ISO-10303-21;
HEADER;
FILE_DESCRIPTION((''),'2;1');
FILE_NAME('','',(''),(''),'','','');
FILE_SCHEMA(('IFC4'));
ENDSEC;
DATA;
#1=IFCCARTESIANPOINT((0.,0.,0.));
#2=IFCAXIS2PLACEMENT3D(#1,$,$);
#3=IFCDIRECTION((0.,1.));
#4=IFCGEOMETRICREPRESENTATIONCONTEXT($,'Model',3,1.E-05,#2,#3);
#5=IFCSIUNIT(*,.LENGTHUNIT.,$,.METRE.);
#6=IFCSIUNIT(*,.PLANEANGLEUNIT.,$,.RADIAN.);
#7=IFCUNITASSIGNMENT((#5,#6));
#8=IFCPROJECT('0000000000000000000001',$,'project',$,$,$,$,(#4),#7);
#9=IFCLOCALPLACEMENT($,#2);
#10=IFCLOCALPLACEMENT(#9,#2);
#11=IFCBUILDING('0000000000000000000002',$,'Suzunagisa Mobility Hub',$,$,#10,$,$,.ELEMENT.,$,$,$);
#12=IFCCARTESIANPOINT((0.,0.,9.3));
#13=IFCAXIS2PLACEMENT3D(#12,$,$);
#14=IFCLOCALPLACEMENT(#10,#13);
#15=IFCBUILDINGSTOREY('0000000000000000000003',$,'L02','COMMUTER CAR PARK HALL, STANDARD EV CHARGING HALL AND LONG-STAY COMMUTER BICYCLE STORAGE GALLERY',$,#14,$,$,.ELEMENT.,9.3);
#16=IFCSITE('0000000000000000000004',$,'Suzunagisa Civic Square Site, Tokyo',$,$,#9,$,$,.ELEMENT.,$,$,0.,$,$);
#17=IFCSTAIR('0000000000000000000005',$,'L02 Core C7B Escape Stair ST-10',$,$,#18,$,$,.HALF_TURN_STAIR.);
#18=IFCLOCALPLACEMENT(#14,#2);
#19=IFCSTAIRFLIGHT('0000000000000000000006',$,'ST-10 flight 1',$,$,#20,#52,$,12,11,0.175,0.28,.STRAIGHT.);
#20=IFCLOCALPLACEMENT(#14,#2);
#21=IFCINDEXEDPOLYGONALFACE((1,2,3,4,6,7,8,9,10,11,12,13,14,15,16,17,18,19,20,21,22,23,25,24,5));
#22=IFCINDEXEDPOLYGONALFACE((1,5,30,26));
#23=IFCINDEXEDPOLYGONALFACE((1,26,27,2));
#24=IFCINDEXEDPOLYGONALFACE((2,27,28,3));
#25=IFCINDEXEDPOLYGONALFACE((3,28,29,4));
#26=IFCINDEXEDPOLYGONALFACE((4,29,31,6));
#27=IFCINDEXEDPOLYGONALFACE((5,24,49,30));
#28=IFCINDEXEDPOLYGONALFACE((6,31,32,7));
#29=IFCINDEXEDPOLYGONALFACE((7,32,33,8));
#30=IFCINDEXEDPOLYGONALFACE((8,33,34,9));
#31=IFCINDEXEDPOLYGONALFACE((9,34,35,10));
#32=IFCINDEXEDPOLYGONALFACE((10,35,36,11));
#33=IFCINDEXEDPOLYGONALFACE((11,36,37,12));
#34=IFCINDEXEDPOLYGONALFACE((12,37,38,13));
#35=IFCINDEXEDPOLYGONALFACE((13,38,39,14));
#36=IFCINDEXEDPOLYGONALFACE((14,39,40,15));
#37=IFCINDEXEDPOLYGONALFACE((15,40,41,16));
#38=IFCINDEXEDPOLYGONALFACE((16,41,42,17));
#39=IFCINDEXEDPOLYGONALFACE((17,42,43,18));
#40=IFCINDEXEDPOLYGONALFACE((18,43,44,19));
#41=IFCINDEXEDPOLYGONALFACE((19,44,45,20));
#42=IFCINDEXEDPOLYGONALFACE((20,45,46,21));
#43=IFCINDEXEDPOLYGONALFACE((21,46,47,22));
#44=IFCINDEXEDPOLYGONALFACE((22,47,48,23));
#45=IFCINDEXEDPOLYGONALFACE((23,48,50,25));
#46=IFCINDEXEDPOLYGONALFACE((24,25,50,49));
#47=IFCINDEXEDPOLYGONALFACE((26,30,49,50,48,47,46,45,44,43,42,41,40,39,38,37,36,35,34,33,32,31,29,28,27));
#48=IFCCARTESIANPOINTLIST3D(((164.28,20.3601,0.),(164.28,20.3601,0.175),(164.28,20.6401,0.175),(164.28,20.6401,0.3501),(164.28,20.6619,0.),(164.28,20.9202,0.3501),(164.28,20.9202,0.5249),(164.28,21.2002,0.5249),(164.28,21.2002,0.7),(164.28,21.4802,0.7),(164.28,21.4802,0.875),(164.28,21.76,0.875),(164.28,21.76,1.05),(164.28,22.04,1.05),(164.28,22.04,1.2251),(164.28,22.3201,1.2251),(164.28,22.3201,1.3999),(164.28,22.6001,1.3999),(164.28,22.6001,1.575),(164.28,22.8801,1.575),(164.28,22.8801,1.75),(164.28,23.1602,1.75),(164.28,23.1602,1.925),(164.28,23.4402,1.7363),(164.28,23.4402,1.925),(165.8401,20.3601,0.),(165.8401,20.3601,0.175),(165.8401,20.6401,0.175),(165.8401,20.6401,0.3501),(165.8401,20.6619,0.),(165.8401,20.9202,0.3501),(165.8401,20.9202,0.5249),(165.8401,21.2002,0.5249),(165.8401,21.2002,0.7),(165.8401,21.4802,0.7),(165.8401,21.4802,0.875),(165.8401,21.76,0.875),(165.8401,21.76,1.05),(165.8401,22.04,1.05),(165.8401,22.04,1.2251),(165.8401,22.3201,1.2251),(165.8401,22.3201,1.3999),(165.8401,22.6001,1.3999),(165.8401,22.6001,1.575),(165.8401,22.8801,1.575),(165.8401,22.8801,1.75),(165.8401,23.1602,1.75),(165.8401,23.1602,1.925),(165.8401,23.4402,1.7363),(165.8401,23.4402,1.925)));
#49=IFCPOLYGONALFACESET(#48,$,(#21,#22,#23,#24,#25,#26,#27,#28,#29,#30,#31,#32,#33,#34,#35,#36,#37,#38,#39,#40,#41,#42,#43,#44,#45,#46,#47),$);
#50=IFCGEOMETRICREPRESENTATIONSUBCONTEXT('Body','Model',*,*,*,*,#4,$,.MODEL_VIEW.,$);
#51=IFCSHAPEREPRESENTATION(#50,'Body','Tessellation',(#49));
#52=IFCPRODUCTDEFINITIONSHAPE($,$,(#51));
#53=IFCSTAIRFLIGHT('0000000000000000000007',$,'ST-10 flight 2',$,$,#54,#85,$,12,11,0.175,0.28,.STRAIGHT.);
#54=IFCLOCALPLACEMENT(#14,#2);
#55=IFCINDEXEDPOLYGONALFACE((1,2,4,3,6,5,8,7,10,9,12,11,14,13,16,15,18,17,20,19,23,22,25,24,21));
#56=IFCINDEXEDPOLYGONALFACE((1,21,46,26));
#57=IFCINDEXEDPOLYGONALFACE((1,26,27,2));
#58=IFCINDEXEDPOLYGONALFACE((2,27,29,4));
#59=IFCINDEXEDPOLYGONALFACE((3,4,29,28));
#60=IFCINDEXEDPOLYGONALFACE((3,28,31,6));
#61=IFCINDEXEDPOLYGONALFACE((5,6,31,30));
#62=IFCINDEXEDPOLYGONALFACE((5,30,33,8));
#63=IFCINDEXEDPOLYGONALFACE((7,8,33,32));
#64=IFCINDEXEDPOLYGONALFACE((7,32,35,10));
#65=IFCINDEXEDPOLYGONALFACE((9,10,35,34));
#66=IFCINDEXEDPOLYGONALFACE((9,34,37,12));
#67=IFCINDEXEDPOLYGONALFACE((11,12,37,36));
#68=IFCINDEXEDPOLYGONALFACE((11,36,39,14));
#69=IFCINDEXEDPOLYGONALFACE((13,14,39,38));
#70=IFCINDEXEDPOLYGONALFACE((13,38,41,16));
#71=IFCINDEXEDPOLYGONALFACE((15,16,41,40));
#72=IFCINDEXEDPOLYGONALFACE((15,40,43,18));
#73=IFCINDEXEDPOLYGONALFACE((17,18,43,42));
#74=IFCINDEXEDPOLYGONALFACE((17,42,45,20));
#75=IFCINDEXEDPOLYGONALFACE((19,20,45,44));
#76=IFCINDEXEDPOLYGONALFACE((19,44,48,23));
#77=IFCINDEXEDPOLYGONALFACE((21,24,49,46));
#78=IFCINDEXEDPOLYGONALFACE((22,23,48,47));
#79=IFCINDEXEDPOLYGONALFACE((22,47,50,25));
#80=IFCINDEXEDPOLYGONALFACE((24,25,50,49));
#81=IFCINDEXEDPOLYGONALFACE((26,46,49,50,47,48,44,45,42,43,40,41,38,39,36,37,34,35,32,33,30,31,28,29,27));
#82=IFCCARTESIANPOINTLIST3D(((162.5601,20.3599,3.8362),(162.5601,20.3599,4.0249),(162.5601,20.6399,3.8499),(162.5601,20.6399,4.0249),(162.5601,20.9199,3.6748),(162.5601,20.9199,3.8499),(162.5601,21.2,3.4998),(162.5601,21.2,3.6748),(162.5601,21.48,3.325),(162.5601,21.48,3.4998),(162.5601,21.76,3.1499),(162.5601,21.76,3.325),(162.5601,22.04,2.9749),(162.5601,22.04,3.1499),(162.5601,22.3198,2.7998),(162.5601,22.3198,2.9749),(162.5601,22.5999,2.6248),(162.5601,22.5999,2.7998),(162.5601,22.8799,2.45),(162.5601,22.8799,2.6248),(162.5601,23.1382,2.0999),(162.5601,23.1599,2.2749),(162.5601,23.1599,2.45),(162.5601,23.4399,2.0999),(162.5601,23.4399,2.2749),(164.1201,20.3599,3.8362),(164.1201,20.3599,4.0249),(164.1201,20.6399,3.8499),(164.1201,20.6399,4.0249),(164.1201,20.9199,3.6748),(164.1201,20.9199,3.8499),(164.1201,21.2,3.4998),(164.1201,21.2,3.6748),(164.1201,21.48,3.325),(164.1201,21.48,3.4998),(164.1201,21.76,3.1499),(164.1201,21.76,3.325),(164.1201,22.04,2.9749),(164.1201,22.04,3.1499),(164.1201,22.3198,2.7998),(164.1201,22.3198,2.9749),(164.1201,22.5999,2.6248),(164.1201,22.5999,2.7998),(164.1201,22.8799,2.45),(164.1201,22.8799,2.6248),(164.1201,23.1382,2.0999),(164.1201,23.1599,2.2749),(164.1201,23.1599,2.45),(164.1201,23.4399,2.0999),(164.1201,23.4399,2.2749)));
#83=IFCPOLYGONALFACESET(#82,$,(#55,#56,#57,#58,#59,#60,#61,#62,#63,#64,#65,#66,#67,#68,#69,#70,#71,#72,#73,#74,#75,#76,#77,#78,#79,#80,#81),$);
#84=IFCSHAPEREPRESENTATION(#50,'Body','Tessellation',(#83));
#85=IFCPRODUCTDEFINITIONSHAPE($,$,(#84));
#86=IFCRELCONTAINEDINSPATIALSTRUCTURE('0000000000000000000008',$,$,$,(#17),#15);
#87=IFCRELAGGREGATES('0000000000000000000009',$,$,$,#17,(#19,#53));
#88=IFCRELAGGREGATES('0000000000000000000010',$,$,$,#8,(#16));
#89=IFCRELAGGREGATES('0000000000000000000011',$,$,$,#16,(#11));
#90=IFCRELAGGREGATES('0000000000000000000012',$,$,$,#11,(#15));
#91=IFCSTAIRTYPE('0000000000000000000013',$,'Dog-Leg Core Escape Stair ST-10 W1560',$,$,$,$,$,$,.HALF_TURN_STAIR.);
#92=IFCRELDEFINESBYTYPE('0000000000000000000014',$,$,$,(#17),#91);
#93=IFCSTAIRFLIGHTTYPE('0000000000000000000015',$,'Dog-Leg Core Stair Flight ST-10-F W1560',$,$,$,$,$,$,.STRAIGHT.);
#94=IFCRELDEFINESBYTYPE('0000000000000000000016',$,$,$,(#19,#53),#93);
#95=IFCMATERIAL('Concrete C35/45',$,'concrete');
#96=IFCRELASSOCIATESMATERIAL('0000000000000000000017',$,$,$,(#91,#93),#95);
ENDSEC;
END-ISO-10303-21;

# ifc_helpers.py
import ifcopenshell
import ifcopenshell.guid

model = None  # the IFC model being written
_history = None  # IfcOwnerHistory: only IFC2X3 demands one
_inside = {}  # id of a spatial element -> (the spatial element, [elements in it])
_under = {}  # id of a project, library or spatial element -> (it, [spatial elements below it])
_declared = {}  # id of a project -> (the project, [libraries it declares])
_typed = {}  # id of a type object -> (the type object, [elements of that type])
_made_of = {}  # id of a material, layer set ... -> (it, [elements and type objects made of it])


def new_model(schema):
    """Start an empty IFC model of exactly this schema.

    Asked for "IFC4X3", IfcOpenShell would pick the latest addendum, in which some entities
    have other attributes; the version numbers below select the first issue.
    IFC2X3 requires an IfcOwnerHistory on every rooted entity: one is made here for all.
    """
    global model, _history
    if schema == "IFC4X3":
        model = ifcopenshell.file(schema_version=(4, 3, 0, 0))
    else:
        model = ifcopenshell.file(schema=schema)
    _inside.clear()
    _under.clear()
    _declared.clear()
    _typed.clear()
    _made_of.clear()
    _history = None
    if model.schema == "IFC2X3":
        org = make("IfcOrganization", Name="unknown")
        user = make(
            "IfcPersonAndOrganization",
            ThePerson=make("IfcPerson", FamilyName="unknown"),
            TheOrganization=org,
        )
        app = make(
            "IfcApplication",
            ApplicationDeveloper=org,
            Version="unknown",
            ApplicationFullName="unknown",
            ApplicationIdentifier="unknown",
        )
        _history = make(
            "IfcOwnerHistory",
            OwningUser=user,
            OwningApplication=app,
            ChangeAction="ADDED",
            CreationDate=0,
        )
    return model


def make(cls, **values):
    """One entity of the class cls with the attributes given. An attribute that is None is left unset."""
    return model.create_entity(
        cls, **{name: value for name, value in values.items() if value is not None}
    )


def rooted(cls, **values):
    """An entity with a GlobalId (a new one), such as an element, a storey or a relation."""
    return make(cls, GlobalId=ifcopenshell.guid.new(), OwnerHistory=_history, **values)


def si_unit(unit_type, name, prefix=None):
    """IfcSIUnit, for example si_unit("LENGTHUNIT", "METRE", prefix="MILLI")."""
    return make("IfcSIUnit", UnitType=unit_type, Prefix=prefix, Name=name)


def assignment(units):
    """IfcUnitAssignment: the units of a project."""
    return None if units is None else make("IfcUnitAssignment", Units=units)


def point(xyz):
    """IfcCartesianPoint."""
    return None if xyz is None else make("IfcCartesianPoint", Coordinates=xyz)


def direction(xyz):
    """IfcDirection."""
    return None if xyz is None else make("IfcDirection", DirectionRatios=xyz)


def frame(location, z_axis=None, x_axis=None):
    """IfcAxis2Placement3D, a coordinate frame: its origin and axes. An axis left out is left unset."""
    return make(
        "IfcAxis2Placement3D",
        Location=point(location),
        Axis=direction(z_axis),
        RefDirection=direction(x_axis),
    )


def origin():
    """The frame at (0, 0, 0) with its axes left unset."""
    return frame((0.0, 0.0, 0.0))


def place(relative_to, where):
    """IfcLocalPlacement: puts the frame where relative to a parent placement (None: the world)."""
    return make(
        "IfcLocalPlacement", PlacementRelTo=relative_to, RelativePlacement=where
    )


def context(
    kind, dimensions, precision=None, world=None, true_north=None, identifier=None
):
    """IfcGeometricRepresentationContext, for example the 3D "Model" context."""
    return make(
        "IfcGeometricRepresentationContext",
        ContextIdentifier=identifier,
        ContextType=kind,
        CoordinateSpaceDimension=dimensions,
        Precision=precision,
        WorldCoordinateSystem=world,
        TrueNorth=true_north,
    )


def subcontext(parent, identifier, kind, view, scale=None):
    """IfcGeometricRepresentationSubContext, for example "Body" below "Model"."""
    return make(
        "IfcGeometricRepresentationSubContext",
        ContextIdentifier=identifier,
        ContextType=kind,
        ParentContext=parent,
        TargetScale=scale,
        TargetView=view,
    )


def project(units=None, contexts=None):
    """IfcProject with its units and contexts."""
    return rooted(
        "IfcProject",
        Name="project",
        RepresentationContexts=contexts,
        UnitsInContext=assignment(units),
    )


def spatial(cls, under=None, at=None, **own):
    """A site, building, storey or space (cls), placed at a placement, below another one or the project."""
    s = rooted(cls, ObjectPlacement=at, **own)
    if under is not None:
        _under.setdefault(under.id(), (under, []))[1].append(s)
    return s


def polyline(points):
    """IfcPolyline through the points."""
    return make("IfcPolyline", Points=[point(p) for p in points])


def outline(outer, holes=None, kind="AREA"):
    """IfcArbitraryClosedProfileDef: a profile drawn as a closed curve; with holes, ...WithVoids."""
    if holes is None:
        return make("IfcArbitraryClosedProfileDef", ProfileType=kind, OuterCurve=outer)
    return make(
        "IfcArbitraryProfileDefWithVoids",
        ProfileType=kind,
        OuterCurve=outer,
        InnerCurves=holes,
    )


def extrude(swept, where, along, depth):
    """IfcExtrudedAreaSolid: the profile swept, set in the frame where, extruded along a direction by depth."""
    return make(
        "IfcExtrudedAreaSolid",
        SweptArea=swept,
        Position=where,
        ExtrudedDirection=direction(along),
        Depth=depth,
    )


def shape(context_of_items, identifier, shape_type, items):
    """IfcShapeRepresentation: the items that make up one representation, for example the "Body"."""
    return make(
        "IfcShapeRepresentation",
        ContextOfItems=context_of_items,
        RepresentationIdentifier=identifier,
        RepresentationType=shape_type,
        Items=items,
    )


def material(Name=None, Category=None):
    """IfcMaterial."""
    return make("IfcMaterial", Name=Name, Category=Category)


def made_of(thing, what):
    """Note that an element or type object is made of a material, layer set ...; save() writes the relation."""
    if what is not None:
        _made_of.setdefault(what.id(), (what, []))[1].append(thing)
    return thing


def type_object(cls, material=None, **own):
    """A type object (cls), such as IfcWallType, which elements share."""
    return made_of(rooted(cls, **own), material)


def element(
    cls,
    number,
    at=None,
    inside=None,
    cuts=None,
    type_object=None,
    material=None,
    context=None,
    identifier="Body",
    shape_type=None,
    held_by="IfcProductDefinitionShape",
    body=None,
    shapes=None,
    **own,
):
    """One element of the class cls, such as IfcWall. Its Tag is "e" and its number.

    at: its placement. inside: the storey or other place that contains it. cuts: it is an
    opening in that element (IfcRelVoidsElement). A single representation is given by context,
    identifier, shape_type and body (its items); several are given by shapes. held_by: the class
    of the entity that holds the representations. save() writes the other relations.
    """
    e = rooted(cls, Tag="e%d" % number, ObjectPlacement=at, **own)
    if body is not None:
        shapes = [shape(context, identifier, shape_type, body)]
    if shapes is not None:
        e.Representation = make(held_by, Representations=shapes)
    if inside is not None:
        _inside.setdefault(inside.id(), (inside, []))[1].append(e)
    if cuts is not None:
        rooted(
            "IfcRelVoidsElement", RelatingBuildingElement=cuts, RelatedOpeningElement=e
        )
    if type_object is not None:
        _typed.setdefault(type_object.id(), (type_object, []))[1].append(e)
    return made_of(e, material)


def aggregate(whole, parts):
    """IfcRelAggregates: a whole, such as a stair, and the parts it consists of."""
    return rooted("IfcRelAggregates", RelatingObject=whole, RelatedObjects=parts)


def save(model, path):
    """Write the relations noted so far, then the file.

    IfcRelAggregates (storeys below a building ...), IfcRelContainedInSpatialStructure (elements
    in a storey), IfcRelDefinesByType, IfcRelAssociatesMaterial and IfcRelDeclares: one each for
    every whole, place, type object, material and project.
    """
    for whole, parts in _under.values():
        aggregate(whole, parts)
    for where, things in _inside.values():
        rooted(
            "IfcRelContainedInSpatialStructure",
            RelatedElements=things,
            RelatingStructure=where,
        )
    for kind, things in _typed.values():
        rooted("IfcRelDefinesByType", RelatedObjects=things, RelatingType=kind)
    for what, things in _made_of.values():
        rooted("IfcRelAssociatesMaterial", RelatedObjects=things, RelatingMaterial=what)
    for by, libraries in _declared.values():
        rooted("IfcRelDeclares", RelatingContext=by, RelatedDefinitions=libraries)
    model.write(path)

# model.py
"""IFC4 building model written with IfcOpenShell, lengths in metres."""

from ifc_helpers import new_model, si_unit, direction, frame, origin, place, context, subcontext, project, spatial, polyline, outline, extrude, material, type_object, element, aggregate, save


model = new_model("IFC4")

# Units and contexts
model_context = context("Model", 3, precision=1e-05, world=origin(), true_north=direction((0.0, 1.0)))
body_context = subcontext(model_context, "Body", "Model", "MODEL_VIEW")
ifc_project = project(units=[si_unit("LENGTHUNIT", "METRE"), si_unit("PLANEANGLEUNIT", "RADIAN")], contexts=[model_context])

# Site, building, storey
site_placement = place(None, origin())
site = spatial("IfcSite", under=ifc_project, at=site_placement, Name="Suzunagisa Civic Square Site, Tokyo", CompositionType="ELEMENT", RefElevation=0.0)
building_placement = place(site_placement, origin())
building = spatial("IfcBuilding", under=site, at=building_placement, Name="Suzunagisa Mobility Hub", CompositionType="ELEMENT")
storey_placement = place(building_placement, frame((0.0, 0.0, 9.3)))
storey = spatial("IfcBuildingStorey", under=building, at=storey_placement, Name="L02", Description="COMMUTER CAR PARK HALL, STANDARD EV CHARGING HALL AND LONG-STAY COMMUTER BICYCLE STORAGE GALLERY", CompositionType="ELEMENT", Elevation=9.3)

# Shared definitions
ifc_material_1 = material(Name="Concrete C35/45", Category="concrete")

# Stair, stair flights
stair_type = type_object("IfcStairType", Name="Dog-Leg Core Escape Stair ST-10 W1560", PredefinedType="HALF_TURN_STAIR", material=ifc_material_1)
stair_placement = place(storey_placement, origin())
stair = element("IfcStair", 1, at=stair_placement, inside=storey, type_object=stair_type, Name="L02 Core C7B Escape Stair ST-10", PredefinedType="HALF_TURN_STAIR")
stair_flight_type = type_object("IfcStairFlightType", Name="Dog-Leg Core Stair Flight ST-10-F W1560", PredefinedType="STRAIGHT", material=ifc_material_1)
stair_flight_1_placement = place(storey_placement, frame((165.0601, 20.3601, 0.0), z_axis=(0.0, 0.0, 1.0), x_axis=(0.0, 1.0, 0.0)))
stair_flight_1 = element("IfcStairFlight", 2, at=stair_flight_1_placement, type_object=stair_flight_type, Name="ST-10 flight 1", NumberOfRisers=12, NumberOfTreads=11, PredefinedType="STRAIGHT", RiserHeight=0.175, TreadLength=0.28, context=body_context, shape_type="SweptSolid", body=[
    extrude(outline(polyline([(0.0, 0.0), (0.0, 0.175), (0.28, 0.175), (0.28, 0.3501), (0.5601, 0.3501), (0.5601, 0.5249), (0.8401, 0.5249), (0.8401, 0.7), (1.1201, 0.7), (1.1201, 0.875), (1.3999, 0.875), (1.3999, 1.05), (1.6799, 1.05), (1.6799, 1.2251), (1.96, 1.2251), (1.96, 1.3999), (2.24, 1.3999), (2.24, 1.575), (2.52, 1.575), (2.52, 1.75), (2.8, 1.75), (2.8, 1.925), (3.0801, 1.925), (3.0801, 2.1001), (3.0801, 1.7363), (0.3018, 0.0), (0.0, 0.0)])), frame((0.0, 0.78, 0.0), z_axis=(0.0, -1.0, 0.0), x_axis=(1.0, 0.0, 0.0)), (0.0, 0.0, 1.0), 1.5601),
])
stair_flight_2_placement = place(storey_placement, frame((163.3401, 23.4399, 2.0999), z_axis=(0.0, 0.0, 1.0), x_axis=(0.0, -1.0, 0.0)))
stair_flight_2 = element("IfcStairFlight", 3, at=stair_flight_2_placement, type_object=stair_flight_type, Name="ST-10 flight 2", NumberOfRisers=12, NumberOfTreads=11, PredefinedType="STRAIGHT", RiserHeight=0.175, TreadLength=0.28, context=body_context, shape_type="SweptSolid", body=[
    extrude(outline(polyline([(0.0, 0.0), (0.0, 0.175), (0.28, 0.175), (0.28, 0.3501), (0.5601, 0.3501), (0.5601, 0.5249), (0.8401, 0.5249), (0.8401, 0.7), (1.1201, 0.7), (1.1201, 0.875), (1.3999, 0.875), (1.3999, 1.05), (1.6799, 1.05), (1.6799, 1.2251), (1.96, 1.2251), (1.96, 1.3999), (2.24, 1.3999), (2.24, 1.575), (2.52, 1.575), (2.52, 1.75), (2.8, 1.75), (2.8, 1.925), (3.0801, 1.925), (3.0801, 2.1001), (3.0801, 1.7363), (0.3018, 0.0), (0.0, 0.0)])), frame((0.0, 0.78, 0.0), z_axis=(0.0, -1.0, 0.0), x_axis=(1.0, 0.0, 0.0)), (0.0, 0.0, 1.0), 1.5601),
])
aggregate(stair, [stair_flight_1, stair_flight_2])

save(model, "model.ifc")
